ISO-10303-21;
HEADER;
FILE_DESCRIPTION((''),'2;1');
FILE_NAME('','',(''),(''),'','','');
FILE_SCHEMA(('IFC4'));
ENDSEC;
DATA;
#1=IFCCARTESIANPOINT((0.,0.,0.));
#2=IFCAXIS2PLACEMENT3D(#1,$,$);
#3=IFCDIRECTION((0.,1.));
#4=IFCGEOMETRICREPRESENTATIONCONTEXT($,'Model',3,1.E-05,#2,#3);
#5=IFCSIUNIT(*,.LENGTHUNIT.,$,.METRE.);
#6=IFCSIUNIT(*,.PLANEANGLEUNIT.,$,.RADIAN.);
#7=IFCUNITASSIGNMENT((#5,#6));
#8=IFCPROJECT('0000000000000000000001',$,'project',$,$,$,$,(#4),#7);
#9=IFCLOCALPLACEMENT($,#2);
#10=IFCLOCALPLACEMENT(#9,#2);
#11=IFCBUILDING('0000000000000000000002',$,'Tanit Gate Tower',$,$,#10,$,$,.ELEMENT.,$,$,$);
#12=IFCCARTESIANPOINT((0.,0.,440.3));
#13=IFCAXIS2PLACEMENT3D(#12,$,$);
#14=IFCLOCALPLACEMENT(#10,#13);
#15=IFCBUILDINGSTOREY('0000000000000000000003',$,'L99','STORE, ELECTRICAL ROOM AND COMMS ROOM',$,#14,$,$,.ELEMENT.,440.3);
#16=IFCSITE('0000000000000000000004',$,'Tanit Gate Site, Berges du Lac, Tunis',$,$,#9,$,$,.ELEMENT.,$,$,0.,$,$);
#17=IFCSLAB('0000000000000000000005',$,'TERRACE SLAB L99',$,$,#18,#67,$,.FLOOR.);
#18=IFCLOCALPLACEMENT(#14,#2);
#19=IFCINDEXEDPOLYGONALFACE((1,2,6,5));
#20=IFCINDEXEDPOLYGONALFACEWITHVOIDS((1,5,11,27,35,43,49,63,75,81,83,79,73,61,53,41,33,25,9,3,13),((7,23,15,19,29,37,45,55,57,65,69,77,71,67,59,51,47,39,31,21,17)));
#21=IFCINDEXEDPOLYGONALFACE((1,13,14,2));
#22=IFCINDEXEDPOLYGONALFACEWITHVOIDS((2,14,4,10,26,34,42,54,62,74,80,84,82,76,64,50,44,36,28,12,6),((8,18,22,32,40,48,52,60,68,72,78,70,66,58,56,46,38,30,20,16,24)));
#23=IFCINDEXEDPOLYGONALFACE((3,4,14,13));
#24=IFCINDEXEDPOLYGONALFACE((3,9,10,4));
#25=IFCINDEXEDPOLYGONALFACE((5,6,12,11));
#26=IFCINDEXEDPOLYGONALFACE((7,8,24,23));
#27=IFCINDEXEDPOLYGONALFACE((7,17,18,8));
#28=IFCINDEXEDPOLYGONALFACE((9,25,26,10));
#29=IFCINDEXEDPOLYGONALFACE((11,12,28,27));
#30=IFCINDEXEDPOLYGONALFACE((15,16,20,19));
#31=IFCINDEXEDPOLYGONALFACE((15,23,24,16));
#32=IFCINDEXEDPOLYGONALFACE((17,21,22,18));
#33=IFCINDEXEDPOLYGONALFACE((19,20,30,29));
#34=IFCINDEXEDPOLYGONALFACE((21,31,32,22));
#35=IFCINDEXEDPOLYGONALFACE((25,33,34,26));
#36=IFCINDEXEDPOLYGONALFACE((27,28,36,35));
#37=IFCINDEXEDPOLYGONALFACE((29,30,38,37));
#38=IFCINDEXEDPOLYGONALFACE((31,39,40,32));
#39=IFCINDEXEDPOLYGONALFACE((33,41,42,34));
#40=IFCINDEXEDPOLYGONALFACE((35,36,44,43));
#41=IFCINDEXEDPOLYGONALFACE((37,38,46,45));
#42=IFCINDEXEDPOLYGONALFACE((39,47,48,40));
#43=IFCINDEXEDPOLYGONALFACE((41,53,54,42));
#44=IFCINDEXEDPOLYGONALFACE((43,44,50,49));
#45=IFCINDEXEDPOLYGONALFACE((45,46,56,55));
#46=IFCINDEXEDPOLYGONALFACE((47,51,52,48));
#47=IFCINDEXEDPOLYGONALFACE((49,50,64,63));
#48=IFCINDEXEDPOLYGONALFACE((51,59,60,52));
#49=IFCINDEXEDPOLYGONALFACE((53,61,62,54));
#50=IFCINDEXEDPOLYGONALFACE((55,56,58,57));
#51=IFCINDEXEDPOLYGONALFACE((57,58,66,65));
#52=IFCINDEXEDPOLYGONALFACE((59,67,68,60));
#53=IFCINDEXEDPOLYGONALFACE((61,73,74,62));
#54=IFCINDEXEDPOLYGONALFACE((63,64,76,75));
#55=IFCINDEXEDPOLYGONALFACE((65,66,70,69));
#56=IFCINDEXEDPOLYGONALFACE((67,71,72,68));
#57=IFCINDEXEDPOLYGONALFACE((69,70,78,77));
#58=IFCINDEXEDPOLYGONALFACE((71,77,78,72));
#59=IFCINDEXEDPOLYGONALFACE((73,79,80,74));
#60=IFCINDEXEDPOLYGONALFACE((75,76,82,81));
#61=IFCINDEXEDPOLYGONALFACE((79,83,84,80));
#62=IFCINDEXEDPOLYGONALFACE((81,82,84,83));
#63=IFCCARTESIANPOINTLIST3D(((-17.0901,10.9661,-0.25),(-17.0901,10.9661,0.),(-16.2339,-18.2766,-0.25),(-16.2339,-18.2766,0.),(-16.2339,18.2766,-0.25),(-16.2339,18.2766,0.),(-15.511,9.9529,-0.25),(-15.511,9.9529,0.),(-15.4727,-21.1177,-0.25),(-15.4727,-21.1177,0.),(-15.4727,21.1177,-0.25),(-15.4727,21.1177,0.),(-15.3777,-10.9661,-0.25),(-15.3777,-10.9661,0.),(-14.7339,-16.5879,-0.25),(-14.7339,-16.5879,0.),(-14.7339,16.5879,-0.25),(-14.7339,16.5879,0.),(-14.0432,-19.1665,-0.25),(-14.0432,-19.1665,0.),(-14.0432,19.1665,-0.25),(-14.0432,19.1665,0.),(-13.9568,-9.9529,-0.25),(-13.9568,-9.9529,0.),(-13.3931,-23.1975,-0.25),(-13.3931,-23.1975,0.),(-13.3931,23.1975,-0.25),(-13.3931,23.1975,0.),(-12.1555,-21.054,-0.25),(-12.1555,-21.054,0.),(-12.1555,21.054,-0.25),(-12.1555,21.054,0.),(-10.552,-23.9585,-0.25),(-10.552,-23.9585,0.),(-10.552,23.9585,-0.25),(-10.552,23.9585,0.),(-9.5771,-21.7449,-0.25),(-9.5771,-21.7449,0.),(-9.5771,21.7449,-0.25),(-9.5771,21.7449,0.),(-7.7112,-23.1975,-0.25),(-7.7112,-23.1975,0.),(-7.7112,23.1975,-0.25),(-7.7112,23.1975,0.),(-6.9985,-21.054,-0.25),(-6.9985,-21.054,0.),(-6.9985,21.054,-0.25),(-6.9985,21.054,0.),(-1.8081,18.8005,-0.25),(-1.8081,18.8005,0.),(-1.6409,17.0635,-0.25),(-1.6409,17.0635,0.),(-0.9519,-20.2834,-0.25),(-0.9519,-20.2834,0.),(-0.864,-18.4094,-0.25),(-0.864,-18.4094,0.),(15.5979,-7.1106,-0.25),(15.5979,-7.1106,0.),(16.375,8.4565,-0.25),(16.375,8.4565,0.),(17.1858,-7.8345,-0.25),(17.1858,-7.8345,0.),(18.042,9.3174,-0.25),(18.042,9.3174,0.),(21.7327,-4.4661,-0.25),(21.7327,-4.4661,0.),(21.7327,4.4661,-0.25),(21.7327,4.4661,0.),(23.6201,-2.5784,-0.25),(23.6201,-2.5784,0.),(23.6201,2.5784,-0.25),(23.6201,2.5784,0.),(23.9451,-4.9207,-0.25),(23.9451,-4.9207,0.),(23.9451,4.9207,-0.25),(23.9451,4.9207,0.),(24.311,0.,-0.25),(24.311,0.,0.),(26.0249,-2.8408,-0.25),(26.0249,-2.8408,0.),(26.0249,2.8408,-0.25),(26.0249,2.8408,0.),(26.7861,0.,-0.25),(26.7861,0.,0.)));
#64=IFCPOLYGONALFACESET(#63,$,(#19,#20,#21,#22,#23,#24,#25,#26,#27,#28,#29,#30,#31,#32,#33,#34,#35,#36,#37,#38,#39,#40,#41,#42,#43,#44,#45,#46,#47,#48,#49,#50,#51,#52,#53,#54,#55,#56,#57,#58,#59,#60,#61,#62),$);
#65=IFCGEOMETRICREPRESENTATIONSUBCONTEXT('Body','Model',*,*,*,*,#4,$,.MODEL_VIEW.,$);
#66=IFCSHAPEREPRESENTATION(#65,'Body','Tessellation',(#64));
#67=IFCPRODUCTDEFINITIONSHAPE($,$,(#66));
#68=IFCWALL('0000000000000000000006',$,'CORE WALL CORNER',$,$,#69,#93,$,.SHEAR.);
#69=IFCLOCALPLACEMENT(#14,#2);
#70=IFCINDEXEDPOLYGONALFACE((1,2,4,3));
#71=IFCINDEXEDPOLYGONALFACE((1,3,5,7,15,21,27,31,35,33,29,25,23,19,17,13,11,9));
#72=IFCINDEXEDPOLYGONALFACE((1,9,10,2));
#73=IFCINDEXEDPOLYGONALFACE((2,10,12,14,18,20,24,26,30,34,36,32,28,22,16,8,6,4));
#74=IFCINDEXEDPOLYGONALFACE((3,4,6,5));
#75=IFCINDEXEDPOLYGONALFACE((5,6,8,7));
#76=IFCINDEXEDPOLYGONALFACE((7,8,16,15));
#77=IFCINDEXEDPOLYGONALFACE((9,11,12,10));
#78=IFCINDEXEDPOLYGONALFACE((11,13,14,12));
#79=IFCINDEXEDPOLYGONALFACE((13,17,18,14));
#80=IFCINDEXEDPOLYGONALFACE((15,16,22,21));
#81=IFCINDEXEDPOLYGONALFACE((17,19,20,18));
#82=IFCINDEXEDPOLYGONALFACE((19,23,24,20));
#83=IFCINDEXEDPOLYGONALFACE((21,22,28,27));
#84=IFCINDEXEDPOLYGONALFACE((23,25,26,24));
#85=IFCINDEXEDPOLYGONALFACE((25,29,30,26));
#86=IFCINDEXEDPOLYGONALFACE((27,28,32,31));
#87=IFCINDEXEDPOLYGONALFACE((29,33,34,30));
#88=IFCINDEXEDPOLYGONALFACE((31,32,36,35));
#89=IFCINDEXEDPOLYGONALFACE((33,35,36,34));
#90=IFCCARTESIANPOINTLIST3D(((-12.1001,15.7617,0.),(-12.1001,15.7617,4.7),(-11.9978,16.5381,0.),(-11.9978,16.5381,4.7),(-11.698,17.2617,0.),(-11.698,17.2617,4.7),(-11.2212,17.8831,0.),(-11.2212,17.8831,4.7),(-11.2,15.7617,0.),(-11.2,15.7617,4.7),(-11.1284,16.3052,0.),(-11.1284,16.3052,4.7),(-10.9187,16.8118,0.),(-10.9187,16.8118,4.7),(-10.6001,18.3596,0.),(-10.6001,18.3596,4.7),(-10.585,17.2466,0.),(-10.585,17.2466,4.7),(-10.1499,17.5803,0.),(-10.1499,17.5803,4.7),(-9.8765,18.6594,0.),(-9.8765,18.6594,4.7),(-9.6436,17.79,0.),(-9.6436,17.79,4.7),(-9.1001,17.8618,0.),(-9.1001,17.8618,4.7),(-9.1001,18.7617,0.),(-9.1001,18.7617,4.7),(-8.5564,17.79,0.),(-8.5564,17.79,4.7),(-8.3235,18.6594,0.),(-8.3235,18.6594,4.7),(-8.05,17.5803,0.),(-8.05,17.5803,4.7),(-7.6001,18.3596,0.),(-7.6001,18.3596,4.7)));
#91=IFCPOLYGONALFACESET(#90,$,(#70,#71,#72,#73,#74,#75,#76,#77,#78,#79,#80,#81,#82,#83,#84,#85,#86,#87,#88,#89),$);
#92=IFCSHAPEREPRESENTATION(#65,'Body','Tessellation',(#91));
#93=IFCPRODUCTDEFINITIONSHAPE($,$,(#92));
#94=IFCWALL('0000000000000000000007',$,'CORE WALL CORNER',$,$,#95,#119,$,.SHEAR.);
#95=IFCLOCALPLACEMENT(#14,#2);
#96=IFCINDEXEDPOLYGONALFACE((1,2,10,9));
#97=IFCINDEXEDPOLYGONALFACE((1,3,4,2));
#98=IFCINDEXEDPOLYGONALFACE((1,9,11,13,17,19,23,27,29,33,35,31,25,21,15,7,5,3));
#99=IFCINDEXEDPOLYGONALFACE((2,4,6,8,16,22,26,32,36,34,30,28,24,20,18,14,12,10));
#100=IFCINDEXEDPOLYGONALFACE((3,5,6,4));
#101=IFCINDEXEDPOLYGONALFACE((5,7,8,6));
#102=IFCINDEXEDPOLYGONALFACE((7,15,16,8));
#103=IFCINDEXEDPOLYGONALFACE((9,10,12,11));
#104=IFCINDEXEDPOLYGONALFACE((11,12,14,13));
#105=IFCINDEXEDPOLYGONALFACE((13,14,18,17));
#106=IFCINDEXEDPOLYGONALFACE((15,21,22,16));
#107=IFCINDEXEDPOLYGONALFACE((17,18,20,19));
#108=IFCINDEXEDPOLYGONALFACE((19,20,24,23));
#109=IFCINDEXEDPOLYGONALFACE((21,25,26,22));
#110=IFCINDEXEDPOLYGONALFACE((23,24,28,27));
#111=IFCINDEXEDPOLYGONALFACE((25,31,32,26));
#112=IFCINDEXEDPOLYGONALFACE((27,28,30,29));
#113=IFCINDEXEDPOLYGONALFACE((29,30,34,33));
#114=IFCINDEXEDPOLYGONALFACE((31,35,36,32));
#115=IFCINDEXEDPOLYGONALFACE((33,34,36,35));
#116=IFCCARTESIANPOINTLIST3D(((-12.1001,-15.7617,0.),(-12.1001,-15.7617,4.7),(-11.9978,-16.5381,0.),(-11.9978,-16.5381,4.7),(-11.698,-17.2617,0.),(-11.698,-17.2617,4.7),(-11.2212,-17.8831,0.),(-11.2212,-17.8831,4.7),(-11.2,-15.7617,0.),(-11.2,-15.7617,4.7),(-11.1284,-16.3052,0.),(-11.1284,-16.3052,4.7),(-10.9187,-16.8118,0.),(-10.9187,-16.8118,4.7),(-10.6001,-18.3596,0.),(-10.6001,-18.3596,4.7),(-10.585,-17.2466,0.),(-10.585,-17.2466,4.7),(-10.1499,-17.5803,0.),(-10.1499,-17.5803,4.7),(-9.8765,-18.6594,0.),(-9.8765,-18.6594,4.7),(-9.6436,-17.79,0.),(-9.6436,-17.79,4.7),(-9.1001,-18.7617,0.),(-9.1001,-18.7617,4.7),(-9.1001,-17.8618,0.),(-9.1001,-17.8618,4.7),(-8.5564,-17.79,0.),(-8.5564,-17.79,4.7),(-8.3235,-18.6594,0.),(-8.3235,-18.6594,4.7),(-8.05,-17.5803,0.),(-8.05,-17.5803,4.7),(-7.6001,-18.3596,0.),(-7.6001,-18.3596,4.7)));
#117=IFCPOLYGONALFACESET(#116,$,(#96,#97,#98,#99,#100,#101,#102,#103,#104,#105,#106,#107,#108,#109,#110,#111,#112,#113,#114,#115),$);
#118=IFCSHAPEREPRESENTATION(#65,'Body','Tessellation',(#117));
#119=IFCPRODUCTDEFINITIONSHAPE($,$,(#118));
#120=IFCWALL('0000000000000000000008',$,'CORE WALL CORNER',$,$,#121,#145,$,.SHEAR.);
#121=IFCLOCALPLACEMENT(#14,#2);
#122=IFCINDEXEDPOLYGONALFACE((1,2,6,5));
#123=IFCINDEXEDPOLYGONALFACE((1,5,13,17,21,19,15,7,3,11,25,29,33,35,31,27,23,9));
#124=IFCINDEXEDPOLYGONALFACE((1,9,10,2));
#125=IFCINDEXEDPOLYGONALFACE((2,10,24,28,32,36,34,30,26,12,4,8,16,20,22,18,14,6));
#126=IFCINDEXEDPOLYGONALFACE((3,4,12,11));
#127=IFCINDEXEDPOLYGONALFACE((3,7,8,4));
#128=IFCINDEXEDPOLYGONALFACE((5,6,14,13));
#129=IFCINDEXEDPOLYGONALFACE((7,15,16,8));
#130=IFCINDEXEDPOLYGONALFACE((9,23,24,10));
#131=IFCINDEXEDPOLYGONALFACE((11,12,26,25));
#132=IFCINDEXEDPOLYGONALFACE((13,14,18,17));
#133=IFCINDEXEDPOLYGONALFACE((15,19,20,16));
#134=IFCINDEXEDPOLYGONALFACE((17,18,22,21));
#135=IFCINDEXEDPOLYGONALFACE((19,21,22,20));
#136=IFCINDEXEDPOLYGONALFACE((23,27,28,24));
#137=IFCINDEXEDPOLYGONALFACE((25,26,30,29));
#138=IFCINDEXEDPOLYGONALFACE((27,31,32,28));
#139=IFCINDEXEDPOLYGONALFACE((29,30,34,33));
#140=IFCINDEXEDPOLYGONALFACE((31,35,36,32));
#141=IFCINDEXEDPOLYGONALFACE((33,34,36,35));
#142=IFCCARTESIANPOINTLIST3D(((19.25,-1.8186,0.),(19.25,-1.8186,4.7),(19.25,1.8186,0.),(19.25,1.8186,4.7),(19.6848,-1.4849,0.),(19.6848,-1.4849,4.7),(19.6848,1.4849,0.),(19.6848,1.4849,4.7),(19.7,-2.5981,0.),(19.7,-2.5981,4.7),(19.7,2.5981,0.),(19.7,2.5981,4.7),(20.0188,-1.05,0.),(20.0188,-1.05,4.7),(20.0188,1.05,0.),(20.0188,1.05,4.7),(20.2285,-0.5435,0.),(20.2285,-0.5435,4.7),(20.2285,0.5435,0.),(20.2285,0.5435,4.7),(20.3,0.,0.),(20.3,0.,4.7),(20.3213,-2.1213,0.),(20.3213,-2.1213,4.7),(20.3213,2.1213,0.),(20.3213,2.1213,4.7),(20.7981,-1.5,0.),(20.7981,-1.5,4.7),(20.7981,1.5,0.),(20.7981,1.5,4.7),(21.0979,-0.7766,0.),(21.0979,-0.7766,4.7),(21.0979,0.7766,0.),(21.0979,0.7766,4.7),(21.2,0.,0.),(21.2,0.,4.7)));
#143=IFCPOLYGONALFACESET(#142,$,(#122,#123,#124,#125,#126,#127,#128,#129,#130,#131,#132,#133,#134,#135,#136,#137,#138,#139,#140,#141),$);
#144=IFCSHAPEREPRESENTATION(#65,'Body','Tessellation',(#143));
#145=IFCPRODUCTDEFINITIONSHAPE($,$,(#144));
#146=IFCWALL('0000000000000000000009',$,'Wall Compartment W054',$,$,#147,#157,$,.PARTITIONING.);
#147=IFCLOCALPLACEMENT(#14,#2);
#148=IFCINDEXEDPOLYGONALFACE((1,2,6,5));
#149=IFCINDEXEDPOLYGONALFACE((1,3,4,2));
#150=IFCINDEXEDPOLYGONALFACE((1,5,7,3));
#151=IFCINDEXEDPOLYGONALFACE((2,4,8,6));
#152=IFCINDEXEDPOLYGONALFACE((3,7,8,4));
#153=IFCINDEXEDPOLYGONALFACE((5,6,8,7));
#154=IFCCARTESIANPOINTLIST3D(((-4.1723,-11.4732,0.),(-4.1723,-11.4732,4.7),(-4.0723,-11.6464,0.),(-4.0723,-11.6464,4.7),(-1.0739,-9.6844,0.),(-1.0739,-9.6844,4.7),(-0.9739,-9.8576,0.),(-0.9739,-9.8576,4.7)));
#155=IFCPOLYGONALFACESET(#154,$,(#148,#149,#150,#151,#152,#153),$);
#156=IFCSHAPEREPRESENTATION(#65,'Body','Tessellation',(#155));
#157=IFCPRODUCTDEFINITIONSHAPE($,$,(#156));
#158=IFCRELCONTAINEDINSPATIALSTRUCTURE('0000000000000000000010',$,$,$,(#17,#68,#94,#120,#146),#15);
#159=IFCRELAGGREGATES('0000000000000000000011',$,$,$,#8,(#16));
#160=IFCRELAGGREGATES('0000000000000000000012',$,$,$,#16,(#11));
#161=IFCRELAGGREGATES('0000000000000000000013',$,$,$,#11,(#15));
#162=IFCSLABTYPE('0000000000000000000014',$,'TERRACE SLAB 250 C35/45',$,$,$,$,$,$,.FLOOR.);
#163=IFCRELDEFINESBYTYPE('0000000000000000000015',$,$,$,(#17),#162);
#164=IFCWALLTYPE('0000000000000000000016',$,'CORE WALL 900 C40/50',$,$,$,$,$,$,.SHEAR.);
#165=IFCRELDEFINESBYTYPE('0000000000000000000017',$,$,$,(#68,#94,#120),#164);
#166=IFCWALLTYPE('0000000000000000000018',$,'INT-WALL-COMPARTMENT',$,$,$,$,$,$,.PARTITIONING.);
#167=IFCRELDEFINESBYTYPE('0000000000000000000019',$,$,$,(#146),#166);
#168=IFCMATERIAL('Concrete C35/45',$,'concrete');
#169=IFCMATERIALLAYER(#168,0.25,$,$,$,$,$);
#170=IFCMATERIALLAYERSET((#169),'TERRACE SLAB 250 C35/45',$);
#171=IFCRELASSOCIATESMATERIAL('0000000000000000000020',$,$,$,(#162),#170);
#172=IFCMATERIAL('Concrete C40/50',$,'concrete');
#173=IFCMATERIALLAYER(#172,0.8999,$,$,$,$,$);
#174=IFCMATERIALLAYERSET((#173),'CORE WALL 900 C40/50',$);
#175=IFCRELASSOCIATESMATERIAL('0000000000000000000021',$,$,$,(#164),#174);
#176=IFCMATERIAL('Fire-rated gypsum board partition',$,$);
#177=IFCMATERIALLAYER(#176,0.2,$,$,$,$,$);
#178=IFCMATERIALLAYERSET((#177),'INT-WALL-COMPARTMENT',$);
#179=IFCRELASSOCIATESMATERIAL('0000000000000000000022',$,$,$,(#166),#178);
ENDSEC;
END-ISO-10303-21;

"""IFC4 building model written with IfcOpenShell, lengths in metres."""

from ifc_helpers import new_model, si_unit, direction, frame, frame_2d, origin, place, context, subcontext, project, spatial, polyline, rectangle, outline, extrude, material, layer, layer_set, type_object, element, save


model = new_model("IFC4")

# Units and contexts
model_context = context("Model", 3, precision=1e-05, world=origin(), true_north=direction((0.0, 1.0)))
body_context = subcontext(model_context, "Body", "Model", "MODEL_VIEW")
ifc_project = project(units=[si_unit("LENGTHUNIT", "METRE"), si_unit("PLANEANGLEUNIT", "RADIAN")], contexts=[model_context])

# Site, building, storey
site_placement = place(None, origin())
site = spatial("IfcSite", under=ifc_project, at=site_placement, Name="Tanit Gate Site, Berges du Lac, Tunis", CompositionType="ELEMENT", RefElevation=0.0)
building_placement = place(site_placement, origin())
building = spatial("IfcBuilding", under=site, at=building_placement, Name="Tanit Gate Tower", CompositionType="ELEMENT")
storey_placement = place(building_placement, frame((0.0, 0.0, 440.3)))
storey = spatial("IfcBuildingStorey", under=building, at=storey_placement, Name="L99", Description="STORE, ELECTRICAL ROOM AND COMMS ROOM", CompositionType="ELEMENT", Elevation=440.3)

# Slab
ifc_material_1 = material(Name="Concrete C35/45", Category="concrete")
ifc_layer_1 = layer(ifc_material_1, 0.25)
ifc_layer_set_1 = layer_set([ifc_layer_1], Name="TERRACE SLAB 250 C35/45")
slab_type_1 = type_object("IfcSlabType", Name="TERRACE SLAB 250 C35/45", PredefinedType="FLOOR", material=ifc_layer_set_1)
slab_1_placement = place(storey_placement, frame((0.0, 0.0, -0.25)))
element("IfcSlab", 1, at=slab_1_placement, inside=storey, type_object=slab_type_1, Name="TERRACE SLAB L99", PredefinedType="FLOOR", context=body_context, shape_type="SweptSolid", body=[
    extrude(outline(polyline([(26.0249, 2.8408), (26.7861, 0.0), (26.0249, -2.8408), (23.9451, -4.9207), (17.1858, -7.8345), (-0.9519, -20.2834), (-7.7112, -23.1975), (-10.552, -23.9585), (-13.3931, -23.1975), (-15.4727, -21.1177), (-16.2339, -18.2766), (-15.3777, -10.9661), (-17.0901, 10.9661), (-16.2339, 18.2766), (-15.4727, 21.1177), (-13.3931, 23.1975), (-10.552, 23.9585), (-7.7112, 23.1975), (-1.8081, 18.8005), (18.042, 9.3174), (23.9451, 4.9207), (26.0249, 2.8408)]), holes=[polyline([(16.375, 8.4565), (-1.6409, 17.0635), (-6.9985, 21.054), (-9.5771, 21.7449), (-12.1555, 21.054), (-14.0432, 19.1665), (-14.7339, 16.5879), (-15.511, 9.9529), (-13.9568, -9.9529), (-14.7339, -16.5879), (-14.0432, -19.1665), (-12.1555, -21.054), (-9.5771, -21.7449), (-6.9985, -21.054), (-0.864, -18.4094), (15.5979, -7.1106), (21.7327, -4.4661), (23.6201, -2.5784), (24.311, 0.0), (23.6201, 2.5784), (21.7327, 4.4661), (16.375, 8.4565)])]), origin(), (0.0, 0.0, 1.0), 0.25),
])

# Walls
ifc_material_2 = material(Name="Concrete C40/50", Category="concrete")
ifc_layer_2 = layer(ifc_material_2, 0.8999)
ifc_layer_set_2 = layer_set([ifc_layer_2], Name="CORE WALL 900 C40/50")
wall_type_1 = type_object("IfcWallType", Name="CORE WALL 900 C40/50", PredefinedType="SHEAR", material=ifc_layer_set_2)
wall_1_placement = place(storey_placement, origin())
element("IfcWall", 2, at=wall_1_placement, inside=storey, type_object=wall_type_1, Name="CORE WALL CORNER", PredefinedType="SHEAR", context=body_context, shape_type="SweptSolid", body=[
    extrude(outline(polyline([(-7.6001, 18.3596), (-8.3235, 18.6594), (-9.1001, 18.7617), (-9.8765, 18.6594), (-10.6001, 18.3596), (-11.2212, 17.8831), (-11.698, 17.2617), (-11.9978, 16.5381), (-12.1001, 15.7617), (-11.2, 15.7617), (-11.1284, 16.3052), (-10.9187, 16.8118), (-10.585, 17.2466), (-10.1499, 17.5803), (-9.6436, 17.79), (-9.1001, 17.8618), (-8.5564, 17.79), (-8.05, 17.5803), (-7.6001, 18.3596)])), origin(), (0.0, 0.0, 1.0), 4.7),
])
wall_2_placement = place(storey_placement, origin())
element("IfcWall", 3, at=wall_2_placement, inside=storey, type_object=wall_type_1, Name="CORE WALL CORNER", PredefinedType="SHEAR", context=body_context, shape_type="SweptSolid", body=[
    extrude(outline(polyline([(-12.1001, -15.7617), (-11.9978, -16.5381), (-11.698, -17.2617), (-11.2212, -17.8831), (-10.6001, -18.3596), (-9.8765, -18.6594), (-9.1001, -18.7617), (-8.3235, -18.6594), (-7.6001, -18.3596), (-8.05, -17.5803), (-8.5564, -17.79), (-9.1001, -17.8618), (-9.6436, -17.79), (-10.1499, -17.5803), (-10.585, -17.2466), (-10.9187, -16.8118), (-11.1284, -16.3052), (-11.2, -15.7617), (-12.1001, -15.7617)])), origin(), (0.0, 0.0, 1.0), 4.7),
])
wall_3_placement = place(storey_placement, origin())
element("IfcWall", 4, at=wall_3_placement, inside=storey, type_object=wall_type_1, Name="CORE WALL CORNER", PredefinedType="SHEAR", context=body_context, shape_type="SweptSolid", body=[
    extrude(outline(polyline([(19.7, -2.5981), (20.3213, -2.1213), (20.7981, -1.5), (21.0979, -0.7766), (21.2, 0.0), (21.0979, 0.7766), (20.7981, 1.5), (20.3213, 2.1213), (19.7, 2.5981), (19.25, 1.8186), (19.6848, 1.4849), (20.0188, 1.05), (20.2285, 0.5435), (20.3, 0.0), (20.2285, -0.5435), (20.0188, -1.05), (19.6848, -1.4849), (19.25, -1.8186), (19.7, -2.5981)])), origin(), (0.0, 0.0, 1.0), 4.7),
])
ifc_material_3 = material(Name="Fire-rated gypsum board partition")
ifc_layer_3 = layer(ifc_material_3, 0.2)
ifc_layer_set_3 = layer_set([ifc_layer_3], Name="INT-WALL-COMPARTMENT")
wall_type_2 = type_object("IfcWallType", Name="INT-WALL-COMPARTMENT", PredefinedType="PARTITIONING", material=ifc_layer_set_3)
wall_4_placement = place(storey_placement, frame((-1.0239, -9.771, 0.0), z_axis=(0.0, 0.0, 1.0), x_axis=(-0.86603, -0.499992, 0.0)))
element("IfcWall", 5, at=wall_4_placement, inside=storey, type_object=wall_type_2, Name="Wall Compartment W054", PredefinedType="PARTITIONING", context=body_context, shape_type="SweptSolid", body=[
    extrude(rectangle(XDim=3.5776, YDim=0.2, at=frame_2d((1.7888, 0.0))), origin(), (0.0, 0.0, 1.0), 4.7),
])

save(model, "model.ifc")
